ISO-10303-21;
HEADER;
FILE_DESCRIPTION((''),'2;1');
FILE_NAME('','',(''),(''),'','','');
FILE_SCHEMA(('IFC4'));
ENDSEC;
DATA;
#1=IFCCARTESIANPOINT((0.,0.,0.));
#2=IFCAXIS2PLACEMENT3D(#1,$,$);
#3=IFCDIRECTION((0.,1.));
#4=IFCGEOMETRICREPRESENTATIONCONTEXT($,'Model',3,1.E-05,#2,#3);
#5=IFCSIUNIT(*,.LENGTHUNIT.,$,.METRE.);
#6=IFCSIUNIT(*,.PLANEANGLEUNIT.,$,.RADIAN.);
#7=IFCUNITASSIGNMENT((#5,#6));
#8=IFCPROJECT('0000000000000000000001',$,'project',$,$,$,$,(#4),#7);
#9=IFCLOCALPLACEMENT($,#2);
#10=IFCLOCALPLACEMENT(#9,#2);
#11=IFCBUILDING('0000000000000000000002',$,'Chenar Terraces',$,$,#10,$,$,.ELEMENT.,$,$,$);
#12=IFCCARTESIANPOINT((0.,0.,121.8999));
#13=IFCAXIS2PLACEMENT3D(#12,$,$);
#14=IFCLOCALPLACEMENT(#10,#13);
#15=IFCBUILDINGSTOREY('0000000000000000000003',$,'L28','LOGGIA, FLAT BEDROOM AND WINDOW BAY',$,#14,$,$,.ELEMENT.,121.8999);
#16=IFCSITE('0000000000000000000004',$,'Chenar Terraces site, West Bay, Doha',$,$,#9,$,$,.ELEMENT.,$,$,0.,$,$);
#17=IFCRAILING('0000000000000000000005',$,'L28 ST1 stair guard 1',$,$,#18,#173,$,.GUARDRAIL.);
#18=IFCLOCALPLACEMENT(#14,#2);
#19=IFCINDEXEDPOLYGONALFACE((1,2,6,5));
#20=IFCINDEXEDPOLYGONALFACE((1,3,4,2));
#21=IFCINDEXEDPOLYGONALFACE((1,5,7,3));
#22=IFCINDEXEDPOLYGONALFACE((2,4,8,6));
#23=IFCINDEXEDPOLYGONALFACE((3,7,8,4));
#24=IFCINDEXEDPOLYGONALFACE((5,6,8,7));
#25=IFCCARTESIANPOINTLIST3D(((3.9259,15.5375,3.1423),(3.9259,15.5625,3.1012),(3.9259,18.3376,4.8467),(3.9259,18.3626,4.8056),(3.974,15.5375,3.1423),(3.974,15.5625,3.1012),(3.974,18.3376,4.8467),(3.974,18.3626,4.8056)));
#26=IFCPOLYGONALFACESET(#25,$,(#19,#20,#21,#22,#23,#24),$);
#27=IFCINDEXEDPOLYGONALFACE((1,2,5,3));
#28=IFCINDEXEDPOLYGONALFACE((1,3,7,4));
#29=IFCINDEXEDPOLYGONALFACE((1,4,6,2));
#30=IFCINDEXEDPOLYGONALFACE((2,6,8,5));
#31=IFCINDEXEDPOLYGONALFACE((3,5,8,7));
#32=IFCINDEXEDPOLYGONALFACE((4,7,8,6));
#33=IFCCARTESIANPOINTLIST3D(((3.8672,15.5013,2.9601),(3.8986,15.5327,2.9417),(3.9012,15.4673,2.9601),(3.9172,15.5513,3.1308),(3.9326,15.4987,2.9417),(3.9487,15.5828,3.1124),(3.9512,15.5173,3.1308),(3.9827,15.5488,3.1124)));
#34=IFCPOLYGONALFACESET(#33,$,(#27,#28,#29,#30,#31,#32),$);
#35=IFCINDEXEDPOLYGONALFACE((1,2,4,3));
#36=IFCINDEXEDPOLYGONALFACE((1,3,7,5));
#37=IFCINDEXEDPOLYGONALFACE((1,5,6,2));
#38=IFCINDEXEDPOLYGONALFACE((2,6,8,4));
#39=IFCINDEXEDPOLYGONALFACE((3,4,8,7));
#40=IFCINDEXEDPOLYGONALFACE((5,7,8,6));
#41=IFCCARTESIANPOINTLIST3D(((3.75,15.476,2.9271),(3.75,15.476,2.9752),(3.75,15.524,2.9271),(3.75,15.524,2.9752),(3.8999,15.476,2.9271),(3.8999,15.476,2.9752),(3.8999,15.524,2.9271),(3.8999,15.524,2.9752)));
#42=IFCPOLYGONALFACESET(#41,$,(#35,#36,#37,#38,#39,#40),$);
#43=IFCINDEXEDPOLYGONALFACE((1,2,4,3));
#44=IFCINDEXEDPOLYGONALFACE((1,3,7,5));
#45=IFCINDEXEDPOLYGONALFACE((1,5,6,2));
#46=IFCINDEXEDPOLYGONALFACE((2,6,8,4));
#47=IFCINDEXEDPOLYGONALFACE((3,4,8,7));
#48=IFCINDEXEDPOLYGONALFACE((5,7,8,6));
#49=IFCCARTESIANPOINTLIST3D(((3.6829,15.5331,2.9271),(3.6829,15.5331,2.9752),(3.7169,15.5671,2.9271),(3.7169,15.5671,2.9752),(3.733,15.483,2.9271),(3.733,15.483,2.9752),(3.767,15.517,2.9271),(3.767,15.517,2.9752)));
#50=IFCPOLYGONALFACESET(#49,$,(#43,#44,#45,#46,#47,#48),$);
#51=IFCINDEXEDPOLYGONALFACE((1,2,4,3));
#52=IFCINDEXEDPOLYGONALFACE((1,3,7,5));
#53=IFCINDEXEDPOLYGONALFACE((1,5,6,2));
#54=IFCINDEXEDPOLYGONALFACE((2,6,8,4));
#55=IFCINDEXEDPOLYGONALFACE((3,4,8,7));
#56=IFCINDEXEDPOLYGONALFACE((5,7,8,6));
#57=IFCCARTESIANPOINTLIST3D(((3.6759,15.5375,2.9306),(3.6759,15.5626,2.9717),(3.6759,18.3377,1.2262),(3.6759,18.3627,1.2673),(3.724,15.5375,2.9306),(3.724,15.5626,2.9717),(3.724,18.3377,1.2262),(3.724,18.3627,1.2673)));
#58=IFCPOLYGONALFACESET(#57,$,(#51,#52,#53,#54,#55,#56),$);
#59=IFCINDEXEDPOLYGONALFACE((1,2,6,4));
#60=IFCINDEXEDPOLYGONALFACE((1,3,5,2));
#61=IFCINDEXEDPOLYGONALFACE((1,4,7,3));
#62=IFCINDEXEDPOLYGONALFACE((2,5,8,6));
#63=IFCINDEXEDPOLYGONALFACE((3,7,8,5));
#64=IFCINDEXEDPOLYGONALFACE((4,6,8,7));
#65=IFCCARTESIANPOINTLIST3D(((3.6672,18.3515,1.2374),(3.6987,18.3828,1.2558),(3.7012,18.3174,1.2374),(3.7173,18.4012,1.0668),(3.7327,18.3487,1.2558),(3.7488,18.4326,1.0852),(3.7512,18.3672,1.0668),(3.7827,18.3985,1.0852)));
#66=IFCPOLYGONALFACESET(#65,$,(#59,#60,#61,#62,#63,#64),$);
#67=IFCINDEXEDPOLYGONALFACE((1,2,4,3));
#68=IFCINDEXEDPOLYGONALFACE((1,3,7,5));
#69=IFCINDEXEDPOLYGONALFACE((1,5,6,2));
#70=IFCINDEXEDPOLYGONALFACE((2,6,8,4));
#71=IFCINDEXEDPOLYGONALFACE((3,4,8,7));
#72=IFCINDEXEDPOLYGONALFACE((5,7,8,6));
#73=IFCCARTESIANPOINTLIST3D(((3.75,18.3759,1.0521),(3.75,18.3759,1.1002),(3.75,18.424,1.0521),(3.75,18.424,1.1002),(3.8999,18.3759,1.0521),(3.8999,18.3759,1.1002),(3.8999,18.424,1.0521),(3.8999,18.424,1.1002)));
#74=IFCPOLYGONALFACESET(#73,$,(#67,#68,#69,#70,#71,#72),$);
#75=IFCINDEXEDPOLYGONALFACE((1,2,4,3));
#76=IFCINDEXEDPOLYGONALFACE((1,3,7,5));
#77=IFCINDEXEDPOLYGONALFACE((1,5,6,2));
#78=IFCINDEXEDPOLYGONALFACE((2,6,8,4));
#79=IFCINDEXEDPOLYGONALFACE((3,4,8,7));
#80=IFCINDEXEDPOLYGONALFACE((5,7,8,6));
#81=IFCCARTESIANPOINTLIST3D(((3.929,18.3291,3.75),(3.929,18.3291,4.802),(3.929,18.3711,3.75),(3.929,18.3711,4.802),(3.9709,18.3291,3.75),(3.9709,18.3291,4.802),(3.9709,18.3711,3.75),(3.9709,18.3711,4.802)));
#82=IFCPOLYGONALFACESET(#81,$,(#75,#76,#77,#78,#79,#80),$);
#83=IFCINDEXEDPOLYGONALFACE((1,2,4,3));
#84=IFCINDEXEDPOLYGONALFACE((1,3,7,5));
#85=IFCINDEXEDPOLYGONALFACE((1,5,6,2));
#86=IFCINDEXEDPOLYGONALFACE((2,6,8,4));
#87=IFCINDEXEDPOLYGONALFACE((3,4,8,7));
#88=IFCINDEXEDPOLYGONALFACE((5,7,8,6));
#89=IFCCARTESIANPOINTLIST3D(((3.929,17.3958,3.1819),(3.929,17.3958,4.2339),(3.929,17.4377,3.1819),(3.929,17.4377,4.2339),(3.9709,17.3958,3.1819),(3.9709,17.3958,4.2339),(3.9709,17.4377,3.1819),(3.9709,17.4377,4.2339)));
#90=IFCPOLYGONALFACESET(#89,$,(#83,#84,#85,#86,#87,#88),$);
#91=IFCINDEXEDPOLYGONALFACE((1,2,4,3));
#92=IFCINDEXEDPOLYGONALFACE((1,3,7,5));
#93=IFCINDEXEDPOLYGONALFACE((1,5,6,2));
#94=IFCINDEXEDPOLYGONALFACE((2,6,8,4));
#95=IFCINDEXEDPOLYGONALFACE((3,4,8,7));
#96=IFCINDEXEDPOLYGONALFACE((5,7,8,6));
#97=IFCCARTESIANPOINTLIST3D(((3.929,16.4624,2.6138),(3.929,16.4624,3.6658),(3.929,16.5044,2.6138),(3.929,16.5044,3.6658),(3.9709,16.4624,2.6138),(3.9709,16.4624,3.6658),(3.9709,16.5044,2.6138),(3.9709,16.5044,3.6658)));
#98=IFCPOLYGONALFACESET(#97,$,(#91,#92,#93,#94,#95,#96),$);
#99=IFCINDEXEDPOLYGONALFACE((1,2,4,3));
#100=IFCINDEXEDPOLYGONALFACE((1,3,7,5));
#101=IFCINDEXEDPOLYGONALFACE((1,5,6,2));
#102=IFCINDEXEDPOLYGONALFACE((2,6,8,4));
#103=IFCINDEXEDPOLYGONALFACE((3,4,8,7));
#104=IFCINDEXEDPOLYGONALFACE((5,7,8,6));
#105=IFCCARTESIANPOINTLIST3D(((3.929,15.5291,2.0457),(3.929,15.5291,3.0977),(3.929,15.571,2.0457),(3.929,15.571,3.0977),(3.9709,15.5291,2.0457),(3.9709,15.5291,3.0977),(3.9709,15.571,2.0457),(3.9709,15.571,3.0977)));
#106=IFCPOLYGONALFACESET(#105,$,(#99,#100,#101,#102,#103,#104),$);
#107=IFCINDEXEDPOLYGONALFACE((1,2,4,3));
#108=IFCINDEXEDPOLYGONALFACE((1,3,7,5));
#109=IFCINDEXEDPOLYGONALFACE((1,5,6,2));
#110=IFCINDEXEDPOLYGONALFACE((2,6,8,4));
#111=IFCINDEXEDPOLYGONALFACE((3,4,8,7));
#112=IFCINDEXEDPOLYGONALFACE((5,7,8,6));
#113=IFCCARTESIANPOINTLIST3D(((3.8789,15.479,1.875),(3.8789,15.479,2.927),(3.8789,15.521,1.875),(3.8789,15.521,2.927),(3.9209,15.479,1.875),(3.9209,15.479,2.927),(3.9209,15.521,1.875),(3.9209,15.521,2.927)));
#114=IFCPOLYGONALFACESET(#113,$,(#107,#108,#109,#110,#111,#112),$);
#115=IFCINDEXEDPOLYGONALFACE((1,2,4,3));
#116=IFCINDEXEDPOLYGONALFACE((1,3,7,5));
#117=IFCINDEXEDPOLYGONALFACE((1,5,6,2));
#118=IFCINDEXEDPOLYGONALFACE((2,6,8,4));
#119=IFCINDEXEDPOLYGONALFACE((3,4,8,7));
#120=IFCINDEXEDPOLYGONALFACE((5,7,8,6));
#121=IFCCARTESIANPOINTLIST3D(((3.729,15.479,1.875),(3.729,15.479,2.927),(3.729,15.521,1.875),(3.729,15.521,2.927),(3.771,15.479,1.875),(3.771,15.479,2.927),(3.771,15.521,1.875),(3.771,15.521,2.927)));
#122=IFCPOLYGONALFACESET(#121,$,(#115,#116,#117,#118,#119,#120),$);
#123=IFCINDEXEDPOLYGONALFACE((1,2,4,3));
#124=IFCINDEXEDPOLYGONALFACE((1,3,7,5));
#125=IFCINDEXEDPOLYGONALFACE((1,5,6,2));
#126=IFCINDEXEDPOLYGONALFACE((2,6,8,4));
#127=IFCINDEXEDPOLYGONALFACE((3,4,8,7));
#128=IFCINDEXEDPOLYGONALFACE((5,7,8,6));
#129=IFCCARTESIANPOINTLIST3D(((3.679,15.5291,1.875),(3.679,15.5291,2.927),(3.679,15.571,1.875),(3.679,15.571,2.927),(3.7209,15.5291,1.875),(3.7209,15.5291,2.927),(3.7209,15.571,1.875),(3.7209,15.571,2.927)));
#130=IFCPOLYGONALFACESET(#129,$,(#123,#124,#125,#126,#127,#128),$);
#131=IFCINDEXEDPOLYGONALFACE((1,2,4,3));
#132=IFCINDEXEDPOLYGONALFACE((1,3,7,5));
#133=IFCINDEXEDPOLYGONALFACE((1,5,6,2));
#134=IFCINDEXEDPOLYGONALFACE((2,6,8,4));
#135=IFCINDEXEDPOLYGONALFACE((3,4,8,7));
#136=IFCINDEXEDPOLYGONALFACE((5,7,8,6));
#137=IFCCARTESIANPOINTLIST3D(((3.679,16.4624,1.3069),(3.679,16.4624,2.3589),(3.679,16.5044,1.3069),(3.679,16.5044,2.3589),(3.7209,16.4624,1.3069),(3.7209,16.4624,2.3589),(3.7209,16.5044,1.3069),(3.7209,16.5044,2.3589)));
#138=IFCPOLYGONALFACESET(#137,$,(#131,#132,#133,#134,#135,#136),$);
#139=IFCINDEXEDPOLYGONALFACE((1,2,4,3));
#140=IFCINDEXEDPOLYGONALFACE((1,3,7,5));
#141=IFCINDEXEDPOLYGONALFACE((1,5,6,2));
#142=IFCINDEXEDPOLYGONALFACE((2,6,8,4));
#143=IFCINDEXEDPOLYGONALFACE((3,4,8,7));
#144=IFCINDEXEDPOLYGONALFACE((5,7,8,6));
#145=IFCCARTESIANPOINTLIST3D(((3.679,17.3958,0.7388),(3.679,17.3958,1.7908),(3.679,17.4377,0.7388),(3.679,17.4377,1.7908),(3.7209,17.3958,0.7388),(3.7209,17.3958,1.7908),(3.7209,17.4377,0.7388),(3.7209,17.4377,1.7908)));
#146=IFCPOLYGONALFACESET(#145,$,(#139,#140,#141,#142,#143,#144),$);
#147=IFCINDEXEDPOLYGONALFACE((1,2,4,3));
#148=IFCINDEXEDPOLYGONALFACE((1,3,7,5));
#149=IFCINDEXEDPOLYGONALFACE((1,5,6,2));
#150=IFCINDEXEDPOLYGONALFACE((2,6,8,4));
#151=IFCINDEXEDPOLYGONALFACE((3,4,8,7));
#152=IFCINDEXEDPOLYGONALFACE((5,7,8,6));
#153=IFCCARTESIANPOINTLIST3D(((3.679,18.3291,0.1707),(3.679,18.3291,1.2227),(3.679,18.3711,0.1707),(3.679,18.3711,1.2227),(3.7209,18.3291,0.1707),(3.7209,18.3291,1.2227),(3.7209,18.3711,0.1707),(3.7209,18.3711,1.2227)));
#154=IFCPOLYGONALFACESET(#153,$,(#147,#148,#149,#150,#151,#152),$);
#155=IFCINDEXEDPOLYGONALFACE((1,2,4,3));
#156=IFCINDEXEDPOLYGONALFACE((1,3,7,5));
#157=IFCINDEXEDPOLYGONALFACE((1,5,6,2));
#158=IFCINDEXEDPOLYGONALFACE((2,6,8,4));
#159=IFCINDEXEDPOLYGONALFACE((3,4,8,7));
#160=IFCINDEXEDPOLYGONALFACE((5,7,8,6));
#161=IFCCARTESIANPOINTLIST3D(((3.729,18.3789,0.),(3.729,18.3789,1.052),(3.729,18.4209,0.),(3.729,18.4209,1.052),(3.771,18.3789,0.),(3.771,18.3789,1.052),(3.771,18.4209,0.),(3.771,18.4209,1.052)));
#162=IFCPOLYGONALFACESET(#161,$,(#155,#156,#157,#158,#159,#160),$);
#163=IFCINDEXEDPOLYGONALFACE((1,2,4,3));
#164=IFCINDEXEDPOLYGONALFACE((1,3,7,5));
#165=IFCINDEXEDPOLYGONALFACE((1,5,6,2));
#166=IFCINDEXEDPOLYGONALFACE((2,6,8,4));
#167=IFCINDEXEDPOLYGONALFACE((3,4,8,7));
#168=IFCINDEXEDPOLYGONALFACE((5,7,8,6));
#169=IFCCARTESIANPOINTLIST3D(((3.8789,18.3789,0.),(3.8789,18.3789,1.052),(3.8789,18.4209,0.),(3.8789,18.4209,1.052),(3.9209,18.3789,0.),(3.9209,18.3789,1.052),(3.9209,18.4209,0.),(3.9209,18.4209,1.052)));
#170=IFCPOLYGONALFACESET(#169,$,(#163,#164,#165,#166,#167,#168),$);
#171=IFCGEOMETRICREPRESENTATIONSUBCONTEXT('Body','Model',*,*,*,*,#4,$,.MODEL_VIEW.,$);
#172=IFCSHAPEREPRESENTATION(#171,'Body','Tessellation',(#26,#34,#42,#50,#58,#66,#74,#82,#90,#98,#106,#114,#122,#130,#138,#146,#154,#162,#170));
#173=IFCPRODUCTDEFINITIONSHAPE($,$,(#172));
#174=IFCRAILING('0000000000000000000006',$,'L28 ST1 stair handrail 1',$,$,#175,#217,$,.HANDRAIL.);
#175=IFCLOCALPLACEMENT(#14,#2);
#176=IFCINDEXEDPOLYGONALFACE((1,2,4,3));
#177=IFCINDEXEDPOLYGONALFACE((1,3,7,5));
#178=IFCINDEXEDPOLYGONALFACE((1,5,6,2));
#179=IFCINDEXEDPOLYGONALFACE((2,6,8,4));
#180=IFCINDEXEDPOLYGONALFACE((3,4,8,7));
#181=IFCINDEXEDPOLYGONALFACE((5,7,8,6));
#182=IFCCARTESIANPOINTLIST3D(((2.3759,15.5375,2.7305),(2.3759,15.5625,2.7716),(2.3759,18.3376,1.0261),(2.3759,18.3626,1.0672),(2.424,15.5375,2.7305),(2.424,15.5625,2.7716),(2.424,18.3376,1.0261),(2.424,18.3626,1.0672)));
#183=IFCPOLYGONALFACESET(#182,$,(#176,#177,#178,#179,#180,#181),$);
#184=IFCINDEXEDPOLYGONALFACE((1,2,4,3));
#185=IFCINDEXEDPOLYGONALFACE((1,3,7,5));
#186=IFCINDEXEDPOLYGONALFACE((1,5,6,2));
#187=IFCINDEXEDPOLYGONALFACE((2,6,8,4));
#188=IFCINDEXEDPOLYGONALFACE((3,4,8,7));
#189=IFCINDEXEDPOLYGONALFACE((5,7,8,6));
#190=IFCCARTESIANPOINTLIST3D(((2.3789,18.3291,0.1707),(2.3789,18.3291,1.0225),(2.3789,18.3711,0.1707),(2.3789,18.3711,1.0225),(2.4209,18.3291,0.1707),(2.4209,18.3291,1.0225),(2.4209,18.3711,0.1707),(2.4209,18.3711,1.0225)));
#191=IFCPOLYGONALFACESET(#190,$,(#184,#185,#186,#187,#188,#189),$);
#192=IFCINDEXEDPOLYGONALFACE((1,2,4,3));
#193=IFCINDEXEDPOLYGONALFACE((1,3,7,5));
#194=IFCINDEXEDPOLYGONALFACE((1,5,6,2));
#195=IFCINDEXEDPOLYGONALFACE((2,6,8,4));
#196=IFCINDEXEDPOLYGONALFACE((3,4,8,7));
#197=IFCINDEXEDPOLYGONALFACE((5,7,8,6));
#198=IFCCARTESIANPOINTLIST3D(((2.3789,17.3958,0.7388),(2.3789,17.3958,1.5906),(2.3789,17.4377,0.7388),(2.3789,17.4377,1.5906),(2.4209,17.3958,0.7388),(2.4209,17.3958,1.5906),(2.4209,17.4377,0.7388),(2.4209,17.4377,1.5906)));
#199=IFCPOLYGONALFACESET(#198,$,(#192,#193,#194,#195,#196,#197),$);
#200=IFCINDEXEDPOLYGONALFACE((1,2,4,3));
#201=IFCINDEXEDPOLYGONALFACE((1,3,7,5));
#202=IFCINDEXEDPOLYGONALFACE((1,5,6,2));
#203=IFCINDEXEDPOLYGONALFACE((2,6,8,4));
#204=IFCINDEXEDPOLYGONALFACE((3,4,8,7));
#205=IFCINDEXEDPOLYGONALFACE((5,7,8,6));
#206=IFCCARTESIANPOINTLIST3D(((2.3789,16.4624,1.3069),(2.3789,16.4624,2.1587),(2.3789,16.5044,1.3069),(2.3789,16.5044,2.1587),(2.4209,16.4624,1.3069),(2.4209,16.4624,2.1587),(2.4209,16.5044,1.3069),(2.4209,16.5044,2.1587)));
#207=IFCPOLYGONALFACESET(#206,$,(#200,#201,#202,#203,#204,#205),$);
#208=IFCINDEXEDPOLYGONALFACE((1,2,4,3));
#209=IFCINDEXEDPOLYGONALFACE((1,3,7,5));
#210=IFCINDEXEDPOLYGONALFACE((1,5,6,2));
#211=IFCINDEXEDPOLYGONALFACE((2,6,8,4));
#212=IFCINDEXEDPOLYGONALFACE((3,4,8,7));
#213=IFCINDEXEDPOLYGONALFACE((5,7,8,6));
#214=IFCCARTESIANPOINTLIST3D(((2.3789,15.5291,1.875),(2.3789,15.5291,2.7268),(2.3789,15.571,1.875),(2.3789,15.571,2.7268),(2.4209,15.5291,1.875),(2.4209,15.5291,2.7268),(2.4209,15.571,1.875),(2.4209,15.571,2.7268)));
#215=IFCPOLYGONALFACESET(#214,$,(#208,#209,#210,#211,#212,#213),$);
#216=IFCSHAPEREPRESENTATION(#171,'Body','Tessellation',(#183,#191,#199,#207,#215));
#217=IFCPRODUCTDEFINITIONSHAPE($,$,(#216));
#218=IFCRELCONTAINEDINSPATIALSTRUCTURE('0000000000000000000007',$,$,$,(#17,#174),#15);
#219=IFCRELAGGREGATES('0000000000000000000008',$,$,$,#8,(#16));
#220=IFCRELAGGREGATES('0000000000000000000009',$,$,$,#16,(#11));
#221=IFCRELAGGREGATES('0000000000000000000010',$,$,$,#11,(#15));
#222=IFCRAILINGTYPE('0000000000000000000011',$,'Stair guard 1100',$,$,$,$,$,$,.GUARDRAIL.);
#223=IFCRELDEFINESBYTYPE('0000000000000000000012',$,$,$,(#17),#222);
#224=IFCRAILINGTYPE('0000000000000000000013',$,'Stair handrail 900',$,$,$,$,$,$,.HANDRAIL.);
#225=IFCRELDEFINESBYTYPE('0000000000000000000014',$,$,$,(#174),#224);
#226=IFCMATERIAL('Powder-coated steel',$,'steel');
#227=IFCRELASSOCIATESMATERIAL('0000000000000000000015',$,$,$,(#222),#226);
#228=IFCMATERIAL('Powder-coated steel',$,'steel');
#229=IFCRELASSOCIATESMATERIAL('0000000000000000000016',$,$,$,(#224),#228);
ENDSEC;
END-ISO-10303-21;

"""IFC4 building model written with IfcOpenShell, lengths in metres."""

from ifc_helpers import new_model, si_unit, direction, frame, origin, origin_2d, place, context, subcontext, project, spatial, rectangle, extrude, material, type_object, element, save


model = new_model("IFC4")

# Units and contexts
model_context = context("Model", 3, precision=1e-05, world=origin(), true_north=direction((0.0, 1.0)))
body_context = subcontext(model_context, "Body", "Model", "MODEL_VIEW")
ifc_project = project(units=[si_unit("LENGTHUNIT", "METRE"), si_unit("PLANEANGLEUNIT", "RADIAN")], contexts=[model_context])

# Site, building, storey
site_placement = place(None, origin())
site = spatial("IfcSite", under=ifc_project, at=site_placement, Name="Chenar Terraces site, West Bay, Doha", CompositionType="ELEMENT", RefElevation=0.0)
building_placement = place(site_placement, origin())
building = spatial("IfcBuilding", under=site, at=building_placement, Name="Chenar Terraces", CompositionType="ELEMENT")
storey_placement = place(building_placement, frame((0.0, 0.0, 121.8999)))
storey = spatial("IfcBuildingStorey", under=building, at=storey_placement, Name="L28", Description="LOGGIA, FLAT BEDROOM AND WINDOW BAY", CompositionType="ELEMENT", Elevation=121.8999)

# Railings
ifc_material_1 = material(Name="Powder-coated steel", Category="steel")
railing_type_1 = type_object("IfcRailingType", Name="Stair guard 1100", PredefinedType="GUARDRAIL", material=ifc_material_1)
railing_1_placement = place(storey_placement, frame((3.95, 18.3501, 3.75)))
element("IfcRailing", 1, at=railing_1_placement, inside=storey, type_object=railing_type_1, Name="L28 ST1 stair guard 1", PredefinedType="GUARDRAIL", context=body_context, shape_type="SweptSolid", body=[
    extrude(rectangle(XDim=0.0481, YDim=0.0481, at=origin_2d()), frame((0.0, 0.0, 1.0762), z_axis=(0.0, -0.854203, -0.51994), x_axis=(1.0, 0.0, 0.0)), (0.0, 0.0, 1.0), 3.2781),
    extrude(rectangle(XDim=0.0481, YDim=0.0481, at=origin_2d()), frame((0.0, -2.8, -0.6284), z_axis=(-0.2709, -0.2709, -0.923703), x_axis=(0.707107, -0.707107, 0.0)), (0.0, 0.0, 1.0), 0.1848),
    extrude(rectangle(XDim=0.0481, YDim=0.0481, at=origin_2d()), frame((-0.05, -2.8501, -0.7988), z_axis=(-1.0, 0.0, 0.0), x_axis=(0.0, -1.0, 0.0)), (0.0, 0.0, 1.0), 0.1499),
    extrude(rectangle(XDim=0.0481, YDim=0.0481, at=origin_2d()), frame((-0.2, -2.8501, -0.7988), z_axis=(-0.707107, 0.707107, 0.0), x_axis=(-0.707107, -0.707107, 0.0)), (0.0, 0.0, 1.0), 0.0708),
    extrude(rectangle(XDim=0.0481, YDim=0.0481, at=origin_2d()), frame((-0.25, -2.8, -0.7988), z_axis=(0.0, 0.854203, -0.51994), x_axis=(-1.0, 0.0, 0.0)), (0.0, 0.0, 1.0), 3.2781),
    extrude(rectangle(XDim=0.0481, YDim=0.0481, at=origin_2d()), frame((-0.25, 0.0, -2.5034), z_axis=(0.270997, 0.269675, -0.924033), x_axis=(-0.705376, 0.708834, 0.0)), (0.0, 0.0, 1.0), 0.1846),
    extrude(rectangle(XDim=0.0481, YDim=0.0481, at=origin_2d()), frame((-0.2, 0.0498, -2.6738), z_axis=(1.0, 0.0, 0.0), x_axis=(0.0, 1.0, 0.0)), (0.0, 0.0, 1.0), 0.1499),
    extrude(rectangle(XDim=0.042, YDim=0.042, at=origin_2d()), origin(), (0.0, 0.0, 1.0), 1.052),
    extrude(rectangle(XDim=0.042, YDim=0.042, at=origin_2d()), frame((0.0, -0.9333, -0.5681)), (0.0, 0.0, 1.0), 1.052),
    extrude(rectangle(XDim=0.042, YDim=0.042, at=origin_2d()), frame((0.0, -1.8667, -1.1362)), (0.0, 0.0, 1.0), 1.052),
    extrude(rectangle(XDim=0.042, YDim=0.042, at=origin_2d()), frame((0.0, -2.8, -1.7043)), (0.0, 0.0, 1.0), 1.052),
    extrude(rectangle(XDim=0.042, YDim=0.042, at=origin_2d()), frame((-0.05, -2.8501, -1.875)), (0.0, 0.0, 1.0), 1.052),
    extrude(rectangle(XDim=0.042, YDim=0.042, at=origin_2d()), frame((-0.2, -2.8501, -1.875)), (0.0, 0.0, 1.0), 1.052),
    extrude(rectangle(XDim=0.042, YDim=0.042, at=origin_2d()), frame((-0.25, -2.8, -1.875)), (0.0, 0.0, 1.0), 1.052),
    extrude(rectangle(XDim=0.042, YDim=0.042, at=origin_2d()), frame((-0.25, -1.8667, -2.4431)), (0.0, 0.0, 1.0), 1.052),
    extrude(rectangle(XDim=0.042, YDim=0.042, at=origin_2d()), frame((-0.25, -0.9333, -3.0112)), (0.0, 0.0, 1.0), 1.052),
    extrude(rectangle(XDim=0.042, YDim=0.042, at=origin_2d()), frame((-0.25, 0.0, -3.5793)), (0.0, 0.0, 1.0), 1.052),
    extrude(rectangle(XDim=0.042, YDim=0.042, at=origin_2d()), frame((-0.2, 0.0498, -3.75)), (0.0, 0.0, 1.0), 1.052),
    extrude(rectangle(XDim=0.042, YDim=0.042, at=origin_2d()), frame((-0.05, 0.0498, -3.75)), (0.0, 0.0, 1.0), 1.052),
])
ifc_material_2 = material(Name="Powder-coated steel", Category="steel")
railing_type_2 = type_object("IfcRailingType", Name="Stair handrail 900", PredefinedType="HANDRAIL", material=ifc_material_2)
railing_2_placement = place(storey_placement, frame((2.3999, 18.3501, 0.1707)))
element("IfcRailing", 2, at=railing_2_placement, inside=storey, type_object=railing_type_2, Name="L28 ST1 stair handrail 1", PredefinedType="HANDRAIL", context=body_context, shape_type="SweptSolid", body=[
    extrude(rectangle(XDim=0.0481, YDim=0.0481, at=origin_2d()), frame((0.0, 0.0, 0.876), z_axis=(0.0, -0.854203, 0.51994), x_axis=(1.0, 0.0, 0.0)), (0.0, 0.0, 1.0), 3.2781),
    extrude(rectangle(XDim=0.042, YDim=0.042, at=origin_2d()), origin(), (0.0, 0.0, 1.0), 0.8518),
    extrude(rectangle(XDim=0.042, YDim=0.042, at=origin_2d()), frame((0.0, -0.9333, 0.5681)), (0.0, 0.0, 1.0), 0.8518),
    extrude(rectangle(XDim=0.042, YDim=0.042, at=origin_2d()), frame((0.0, -1.8667, 1.1362)), (0.0, 0.0, 1.0), 0.8518),
    extrude(rectangle(XDim=0.042, YDim=0.042, at=origin_2d()), frame((0.0, -2.8, 1.7043)), (0.0, 0.0, 1.0), 0.8518),
])

save(model, "model.ifc")
